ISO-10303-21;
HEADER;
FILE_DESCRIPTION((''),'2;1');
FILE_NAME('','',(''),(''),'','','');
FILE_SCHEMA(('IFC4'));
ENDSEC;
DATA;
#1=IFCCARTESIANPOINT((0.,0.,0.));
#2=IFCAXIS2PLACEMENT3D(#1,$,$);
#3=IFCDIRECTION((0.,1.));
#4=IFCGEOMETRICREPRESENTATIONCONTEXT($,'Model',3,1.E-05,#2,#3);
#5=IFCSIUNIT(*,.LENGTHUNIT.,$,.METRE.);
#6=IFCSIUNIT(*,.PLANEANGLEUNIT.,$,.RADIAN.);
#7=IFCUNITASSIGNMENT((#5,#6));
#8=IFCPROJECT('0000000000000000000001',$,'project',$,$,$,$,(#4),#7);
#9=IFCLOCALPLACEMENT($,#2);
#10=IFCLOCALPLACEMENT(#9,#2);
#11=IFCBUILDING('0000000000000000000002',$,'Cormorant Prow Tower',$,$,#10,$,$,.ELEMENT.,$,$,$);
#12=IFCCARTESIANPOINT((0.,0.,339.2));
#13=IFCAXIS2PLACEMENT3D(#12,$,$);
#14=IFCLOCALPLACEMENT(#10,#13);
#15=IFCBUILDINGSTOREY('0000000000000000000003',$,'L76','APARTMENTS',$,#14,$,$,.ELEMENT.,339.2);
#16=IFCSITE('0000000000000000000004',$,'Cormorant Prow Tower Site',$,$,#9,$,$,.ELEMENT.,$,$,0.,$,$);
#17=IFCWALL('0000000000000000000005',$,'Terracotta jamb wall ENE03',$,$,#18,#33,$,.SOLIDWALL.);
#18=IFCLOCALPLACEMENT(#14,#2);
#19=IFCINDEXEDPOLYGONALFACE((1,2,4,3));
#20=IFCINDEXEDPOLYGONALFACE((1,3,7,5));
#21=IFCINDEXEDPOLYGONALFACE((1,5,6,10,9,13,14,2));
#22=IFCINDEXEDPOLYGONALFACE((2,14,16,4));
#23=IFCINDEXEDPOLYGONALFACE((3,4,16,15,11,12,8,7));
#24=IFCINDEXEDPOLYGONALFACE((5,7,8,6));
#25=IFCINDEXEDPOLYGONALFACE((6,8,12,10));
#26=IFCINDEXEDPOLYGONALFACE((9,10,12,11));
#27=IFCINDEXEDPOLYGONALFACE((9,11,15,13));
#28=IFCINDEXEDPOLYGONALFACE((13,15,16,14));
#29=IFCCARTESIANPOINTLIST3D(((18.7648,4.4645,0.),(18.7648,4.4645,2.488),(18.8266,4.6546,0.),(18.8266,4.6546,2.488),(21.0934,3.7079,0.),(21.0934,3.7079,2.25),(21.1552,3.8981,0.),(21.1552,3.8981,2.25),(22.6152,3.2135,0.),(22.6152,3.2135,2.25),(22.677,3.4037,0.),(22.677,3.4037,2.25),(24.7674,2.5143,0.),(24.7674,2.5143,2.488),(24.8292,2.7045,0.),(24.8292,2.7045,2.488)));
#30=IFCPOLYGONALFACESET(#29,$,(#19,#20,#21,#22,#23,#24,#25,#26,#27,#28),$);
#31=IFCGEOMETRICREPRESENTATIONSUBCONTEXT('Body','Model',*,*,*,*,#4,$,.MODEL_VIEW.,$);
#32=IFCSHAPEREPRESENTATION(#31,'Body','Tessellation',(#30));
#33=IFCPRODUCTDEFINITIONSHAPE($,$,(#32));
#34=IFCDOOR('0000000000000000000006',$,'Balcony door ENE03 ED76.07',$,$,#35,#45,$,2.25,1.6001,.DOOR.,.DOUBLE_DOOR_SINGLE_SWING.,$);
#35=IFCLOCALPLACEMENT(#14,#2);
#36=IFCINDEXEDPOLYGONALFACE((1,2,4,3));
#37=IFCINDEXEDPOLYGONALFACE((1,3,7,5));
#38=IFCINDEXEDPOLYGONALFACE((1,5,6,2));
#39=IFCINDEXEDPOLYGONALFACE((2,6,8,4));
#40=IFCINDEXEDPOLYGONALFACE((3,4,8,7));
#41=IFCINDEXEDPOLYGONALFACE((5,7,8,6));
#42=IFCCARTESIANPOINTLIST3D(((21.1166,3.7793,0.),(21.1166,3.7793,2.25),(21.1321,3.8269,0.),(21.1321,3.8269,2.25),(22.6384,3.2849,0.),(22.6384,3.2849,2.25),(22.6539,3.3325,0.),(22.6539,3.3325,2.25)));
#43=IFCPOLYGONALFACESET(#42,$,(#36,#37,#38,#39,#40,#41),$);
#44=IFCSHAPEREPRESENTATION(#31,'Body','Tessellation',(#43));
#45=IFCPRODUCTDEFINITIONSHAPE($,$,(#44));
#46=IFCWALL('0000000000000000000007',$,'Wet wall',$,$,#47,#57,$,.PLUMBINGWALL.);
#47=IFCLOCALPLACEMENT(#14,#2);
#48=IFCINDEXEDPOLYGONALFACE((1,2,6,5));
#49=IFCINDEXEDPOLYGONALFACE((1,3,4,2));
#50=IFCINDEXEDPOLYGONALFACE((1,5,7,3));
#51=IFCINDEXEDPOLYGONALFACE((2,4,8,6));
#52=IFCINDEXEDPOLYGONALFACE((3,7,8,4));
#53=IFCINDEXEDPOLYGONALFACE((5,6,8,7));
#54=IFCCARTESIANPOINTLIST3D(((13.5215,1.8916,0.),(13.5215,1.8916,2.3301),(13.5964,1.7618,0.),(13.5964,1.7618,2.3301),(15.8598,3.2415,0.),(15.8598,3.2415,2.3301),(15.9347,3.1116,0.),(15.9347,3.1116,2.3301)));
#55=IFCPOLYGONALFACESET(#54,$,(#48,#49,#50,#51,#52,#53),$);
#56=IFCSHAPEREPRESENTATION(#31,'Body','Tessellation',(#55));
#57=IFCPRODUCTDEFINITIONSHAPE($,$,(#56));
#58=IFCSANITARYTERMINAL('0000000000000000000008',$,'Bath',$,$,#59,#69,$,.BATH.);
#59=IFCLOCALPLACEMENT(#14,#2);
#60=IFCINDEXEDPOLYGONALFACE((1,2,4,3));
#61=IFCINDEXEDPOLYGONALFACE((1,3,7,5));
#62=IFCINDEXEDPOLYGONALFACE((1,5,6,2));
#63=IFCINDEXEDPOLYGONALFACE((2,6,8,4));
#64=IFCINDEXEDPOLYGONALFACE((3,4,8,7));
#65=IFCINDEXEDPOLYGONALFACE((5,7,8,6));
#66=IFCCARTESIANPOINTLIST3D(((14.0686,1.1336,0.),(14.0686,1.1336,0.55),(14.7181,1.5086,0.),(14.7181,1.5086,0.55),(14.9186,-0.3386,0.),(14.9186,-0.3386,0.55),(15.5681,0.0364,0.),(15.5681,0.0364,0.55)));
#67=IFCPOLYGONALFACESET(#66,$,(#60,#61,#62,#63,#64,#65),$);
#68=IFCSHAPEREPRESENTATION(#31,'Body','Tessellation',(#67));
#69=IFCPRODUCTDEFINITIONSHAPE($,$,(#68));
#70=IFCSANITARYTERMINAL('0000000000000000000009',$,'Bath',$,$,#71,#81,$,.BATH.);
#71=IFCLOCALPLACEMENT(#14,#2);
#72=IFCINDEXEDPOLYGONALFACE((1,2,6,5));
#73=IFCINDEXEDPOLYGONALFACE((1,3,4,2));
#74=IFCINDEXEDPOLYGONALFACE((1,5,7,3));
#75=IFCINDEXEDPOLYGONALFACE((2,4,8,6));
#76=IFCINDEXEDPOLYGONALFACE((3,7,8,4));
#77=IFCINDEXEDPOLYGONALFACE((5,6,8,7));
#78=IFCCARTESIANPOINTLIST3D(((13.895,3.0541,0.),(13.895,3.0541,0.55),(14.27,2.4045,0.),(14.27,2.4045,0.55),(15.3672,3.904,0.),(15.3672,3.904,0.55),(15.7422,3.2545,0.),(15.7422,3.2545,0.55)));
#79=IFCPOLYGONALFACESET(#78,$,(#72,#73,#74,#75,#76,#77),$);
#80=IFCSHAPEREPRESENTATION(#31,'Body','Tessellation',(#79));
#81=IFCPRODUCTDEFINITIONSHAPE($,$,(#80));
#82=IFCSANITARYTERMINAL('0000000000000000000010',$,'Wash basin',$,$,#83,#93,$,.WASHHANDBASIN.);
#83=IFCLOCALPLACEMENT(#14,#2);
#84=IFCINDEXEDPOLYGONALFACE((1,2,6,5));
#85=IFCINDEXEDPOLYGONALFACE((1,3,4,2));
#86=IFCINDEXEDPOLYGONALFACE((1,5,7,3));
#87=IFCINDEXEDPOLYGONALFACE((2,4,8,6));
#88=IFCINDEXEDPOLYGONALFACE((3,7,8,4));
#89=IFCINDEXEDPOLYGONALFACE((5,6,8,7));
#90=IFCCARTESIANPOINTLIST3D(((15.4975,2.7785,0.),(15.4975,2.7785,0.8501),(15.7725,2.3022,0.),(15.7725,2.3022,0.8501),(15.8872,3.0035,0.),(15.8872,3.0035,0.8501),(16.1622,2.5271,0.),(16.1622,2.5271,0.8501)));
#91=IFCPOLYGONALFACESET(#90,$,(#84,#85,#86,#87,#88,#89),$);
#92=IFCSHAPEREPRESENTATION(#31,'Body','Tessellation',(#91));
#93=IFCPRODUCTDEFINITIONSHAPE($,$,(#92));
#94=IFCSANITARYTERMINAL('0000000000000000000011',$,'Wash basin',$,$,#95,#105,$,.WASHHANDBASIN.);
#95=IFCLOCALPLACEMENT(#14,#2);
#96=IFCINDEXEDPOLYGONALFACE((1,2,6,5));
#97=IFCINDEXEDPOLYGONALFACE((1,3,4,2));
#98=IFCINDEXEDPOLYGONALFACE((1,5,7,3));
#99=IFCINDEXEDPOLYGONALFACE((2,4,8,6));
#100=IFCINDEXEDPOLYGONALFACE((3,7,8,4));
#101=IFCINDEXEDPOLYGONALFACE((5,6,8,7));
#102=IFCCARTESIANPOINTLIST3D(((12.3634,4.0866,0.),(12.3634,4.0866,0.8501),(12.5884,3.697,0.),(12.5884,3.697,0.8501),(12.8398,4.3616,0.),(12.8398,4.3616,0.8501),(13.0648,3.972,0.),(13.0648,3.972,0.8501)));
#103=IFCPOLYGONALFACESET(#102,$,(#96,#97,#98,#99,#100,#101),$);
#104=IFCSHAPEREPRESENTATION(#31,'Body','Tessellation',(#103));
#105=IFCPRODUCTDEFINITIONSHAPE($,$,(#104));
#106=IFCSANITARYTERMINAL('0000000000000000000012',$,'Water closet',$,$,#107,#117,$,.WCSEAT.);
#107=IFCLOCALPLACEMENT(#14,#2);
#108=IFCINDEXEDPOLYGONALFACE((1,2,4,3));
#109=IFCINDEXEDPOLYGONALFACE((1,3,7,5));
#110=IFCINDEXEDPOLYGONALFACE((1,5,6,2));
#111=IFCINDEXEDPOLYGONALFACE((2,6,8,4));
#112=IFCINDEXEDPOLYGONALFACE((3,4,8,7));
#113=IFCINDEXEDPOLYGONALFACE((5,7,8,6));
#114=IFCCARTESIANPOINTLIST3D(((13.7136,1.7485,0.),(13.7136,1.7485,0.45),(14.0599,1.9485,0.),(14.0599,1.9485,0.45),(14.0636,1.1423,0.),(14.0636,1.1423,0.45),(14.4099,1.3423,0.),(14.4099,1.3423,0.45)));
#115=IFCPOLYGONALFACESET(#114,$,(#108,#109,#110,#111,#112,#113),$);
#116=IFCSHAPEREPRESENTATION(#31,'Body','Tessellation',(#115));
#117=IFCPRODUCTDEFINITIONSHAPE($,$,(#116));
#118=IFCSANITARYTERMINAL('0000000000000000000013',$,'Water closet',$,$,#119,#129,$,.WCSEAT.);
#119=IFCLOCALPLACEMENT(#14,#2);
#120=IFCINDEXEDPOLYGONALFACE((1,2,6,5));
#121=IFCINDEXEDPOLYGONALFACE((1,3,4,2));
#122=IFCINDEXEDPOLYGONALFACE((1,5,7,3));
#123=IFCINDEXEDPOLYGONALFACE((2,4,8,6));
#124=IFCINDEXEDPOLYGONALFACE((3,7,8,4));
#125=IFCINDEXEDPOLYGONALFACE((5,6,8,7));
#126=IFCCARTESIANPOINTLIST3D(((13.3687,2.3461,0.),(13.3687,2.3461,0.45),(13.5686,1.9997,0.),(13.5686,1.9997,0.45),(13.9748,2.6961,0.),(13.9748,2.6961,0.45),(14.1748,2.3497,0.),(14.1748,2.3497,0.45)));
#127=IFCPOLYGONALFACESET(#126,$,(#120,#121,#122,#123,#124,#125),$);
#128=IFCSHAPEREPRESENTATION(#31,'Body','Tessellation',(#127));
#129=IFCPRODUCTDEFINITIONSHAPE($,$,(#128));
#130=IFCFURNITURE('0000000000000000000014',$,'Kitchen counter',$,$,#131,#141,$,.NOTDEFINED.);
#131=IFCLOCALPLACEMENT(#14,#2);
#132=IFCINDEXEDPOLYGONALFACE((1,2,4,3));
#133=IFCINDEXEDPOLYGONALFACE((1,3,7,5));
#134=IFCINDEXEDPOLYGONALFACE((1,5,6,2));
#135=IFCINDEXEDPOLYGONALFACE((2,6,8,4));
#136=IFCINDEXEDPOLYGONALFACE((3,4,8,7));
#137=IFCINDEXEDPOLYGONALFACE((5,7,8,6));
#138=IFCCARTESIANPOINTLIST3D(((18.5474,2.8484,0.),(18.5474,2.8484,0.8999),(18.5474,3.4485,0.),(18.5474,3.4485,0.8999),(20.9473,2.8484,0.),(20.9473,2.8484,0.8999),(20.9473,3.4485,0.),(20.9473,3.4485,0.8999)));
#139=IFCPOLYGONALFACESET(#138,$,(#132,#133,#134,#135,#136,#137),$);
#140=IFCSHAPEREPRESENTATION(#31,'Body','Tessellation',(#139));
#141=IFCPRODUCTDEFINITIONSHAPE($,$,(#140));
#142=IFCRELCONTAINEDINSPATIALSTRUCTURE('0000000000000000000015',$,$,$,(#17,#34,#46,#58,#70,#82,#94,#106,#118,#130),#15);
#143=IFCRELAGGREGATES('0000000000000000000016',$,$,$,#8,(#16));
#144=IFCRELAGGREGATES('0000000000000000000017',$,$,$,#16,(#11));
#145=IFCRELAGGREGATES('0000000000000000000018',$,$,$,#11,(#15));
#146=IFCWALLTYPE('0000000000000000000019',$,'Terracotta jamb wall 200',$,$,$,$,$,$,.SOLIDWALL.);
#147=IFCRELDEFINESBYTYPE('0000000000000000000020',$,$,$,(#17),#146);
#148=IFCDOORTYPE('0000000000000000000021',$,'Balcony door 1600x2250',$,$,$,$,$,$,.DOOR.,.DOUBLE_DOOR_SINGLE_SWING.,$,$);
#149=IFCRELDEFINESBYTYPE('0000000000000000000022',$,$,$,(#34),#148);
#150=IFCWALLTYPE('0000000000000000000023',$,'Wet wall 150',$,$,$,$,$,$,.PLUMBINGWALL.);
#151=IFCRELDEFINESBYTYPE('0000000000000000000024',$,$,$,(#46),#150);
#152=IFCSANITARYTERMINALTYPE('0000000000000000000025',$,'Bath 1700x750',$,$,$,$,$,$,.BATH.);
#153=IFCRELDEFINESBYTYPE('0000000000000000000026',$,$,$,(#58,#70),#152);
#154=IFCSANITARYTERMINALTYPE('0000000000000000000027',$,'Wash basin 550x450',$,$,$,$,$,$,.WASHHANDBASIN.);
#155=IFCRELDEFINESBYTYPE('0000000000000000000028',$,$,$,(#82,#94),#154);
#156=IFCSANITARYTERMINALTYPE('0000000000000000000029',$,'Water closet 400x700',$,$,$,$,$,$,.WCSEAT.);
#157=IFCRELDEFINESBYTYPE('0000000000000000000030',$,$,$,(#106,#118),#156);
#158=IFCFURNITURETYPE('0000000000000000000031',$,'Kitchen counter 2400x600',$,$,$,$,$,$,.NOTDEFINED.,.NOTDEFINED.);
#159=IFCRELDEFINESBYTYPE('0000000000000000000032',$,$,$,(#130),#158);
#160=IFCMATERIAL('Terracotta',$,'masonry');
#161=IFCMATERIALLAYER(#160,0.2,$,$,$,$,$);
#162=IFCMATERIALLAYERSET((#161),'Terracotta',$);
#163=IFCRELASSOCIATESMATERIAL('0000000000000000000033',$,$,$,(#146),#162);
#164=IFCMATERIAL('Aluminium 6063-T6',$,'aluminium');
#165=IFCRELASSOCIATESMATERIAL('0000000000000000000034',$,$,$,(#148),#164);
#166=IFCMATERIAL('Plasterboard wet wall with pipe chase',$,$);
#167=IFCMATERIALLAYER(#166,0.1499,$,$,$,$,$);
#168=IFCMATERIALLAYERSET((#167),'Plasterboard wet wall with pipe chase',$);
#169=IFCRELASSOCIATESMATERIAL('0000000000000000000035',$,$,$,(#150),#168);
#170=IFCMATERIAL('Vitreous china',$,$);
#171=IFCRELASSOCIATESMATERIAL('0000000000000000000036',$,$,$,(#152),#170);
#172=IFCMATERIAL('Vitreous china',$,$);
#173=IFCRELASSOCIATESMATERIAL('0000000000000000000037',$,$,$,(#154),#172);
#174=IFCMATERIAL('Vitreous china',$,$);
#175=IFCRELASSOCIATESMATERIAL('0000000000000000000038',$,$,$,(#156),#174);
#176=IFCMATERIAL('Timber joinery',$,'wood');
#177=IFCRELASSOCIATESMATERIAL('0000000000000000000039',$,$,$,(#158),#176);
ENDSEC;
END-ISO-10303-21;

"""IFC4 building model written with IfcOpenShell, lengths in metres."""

from ifc_helpers import new_model, si_unit, direction, frame, frame_2d, origin, origin_2d, place, context, subcontext, project, spatial, rectangle, extrude, material, layer, layer_set, type_object, element, fill, save


model = new_model("IFC4")

# Units and contexts
model_context = context("Model", 3, precision=1e-05, world=origin(), true_north=direction((0.0, 1.0)))
body_context = subcontext(model_context, "Body", "Model", "MODEL_VIEW")
ifc_project = project(units=[si_unit("LENGTHUNIT", "METRE"), si_unit("PLANEANGLEUNIT", "RADIAN")], contexts=[model_context])

# Site, building, storey
site_placement = place(None, origin())
site = spatial("IfcSite", under=ifc_project, at=site_placement, Name="Cormorant Prow Tower Site", CompositionType="ELEMENT", RefElevation=0.0)
building_placement = place(site_placement, origin())
building = spatial("IfcBuilding", under=site, at=building_placement, Name="Cormorant Prow Tower", CompositionType="ELEMENT")
storey_placement = place(building_placement, frame((0.0, 0.0, 339.2)))
storey = spatial("IfcBuildingStorey", under=building, at=storey_placement, Name="L76", Description="APARTMENTS", CompositionType="ELEMENT", Elevation=339.2)

# Wall, opening, door
ifc_material_1 = material(Name="Terracotta", Category="masonry")
ifc_layer_1 = layer(ifc_material_1, 0.2)
ifc_layer_set_1 = layer_set([ifc_layer_1], Name="Terracotta")
wall_type_1 = type_object("IfcWallType", Name="Terracotta jamb wall 200", PredefinedType="SOLIDWALL", material=ifc_layer_set_1)
wall_1_placement = place(storey_placement, frame((24.7983, 2.6094, 0.0), z_axis=(0.0, 0.0, 1.0), x_axis=(-0.951066, 0.308989, 0.0)))
wall_1 = element("IfcWall", 1, at=wall_1_placement, inside=storey, type_object=wall_type_1, Name="Terracotta jamb wall ENE03", PredefinedType="SOLIDWALL", context=body_context, shape_type="SweptSolid", body=[
    extrude(rectangle(XDim=6.3115, YDim=0.2, at=frame_2d((3.1558, 0.0))), origin(), (0.0, 0.0, 1.0), 2.488),
])
opening_1_placement = place(wall_1_placement, frame((2.2629, 0.0, 0.0)))
opening_1 = element("IfcOpeningElement", 2, at=opening_1_placement, cuts=wall_1, PredefinedType="OPENING", context=body_context, shape_type="SweptSolid", body=[
    extrude(rectangle(XDim=1.6001, YDim=2.25, at=frame_2d((0.8, 1.125))), frame((0.0, 0.1099, 0.0), z_axis=(0.0, -1.0, 0.0), x_axis=(1.0, 0.0, 0.0)), (0.0, 0.0, 1.0), 0.22),
])
ifc_material_2 = material(Name="Aluminium 6063-T6", Category="aluminium")
door_type_1 = type_object("IfcDoorType", Name="Balcony door 1600x2250", OperationType="DOUBLE_DOOR_SINGLE_SWING", PredefinedType="DOOR", material=ifc_material_2)
door_1_placement = place(opening_1_placement, origin())
door_1 = element("IfcDoor", 3, at=door_1_placement, inside=storey, type_object=door_type_1, Name="Balcony door ENE03 ED76.07", OperationType="DOUBLE_DOOR_SINGLE_SWING", OverallHeight=2.25, OverallWidth=1.6001, PredefinedType="DOOR", context=body_context, shape_type="SweptSolid", body=[
    extrude(rectangle(XDim=1.6001, YDim=2.25, at=frame_2d((0.8, 1.125))), frame((0.0, 0.0249, 0.0), z_axis=(0.0, -1.0, 0.0), x_axis=(1.0, 0.0, 0.0)), (0.0, 0.0, 1.0), 0.05),
])
fill(opening_1, door_1)

# Wall
ifc_material_3 = material(Name="Plasterboard wet wall with pipe chase")
ifc_layer_2 = layer(ifc_material_3, 0.1499)
ifc_layer_set_2 = layer_set([ifc_layer_2], Name="Plasterboard wet wall with pipe chase")
wall_type_2 = type_object("IfcWallType", Name="Wet wall 150", PredefinedType="PLUMBINGWALL", material=ifc_layer_set_2)
wall_2_placement = place(storey_placement, frame((13.5588, 1.8267, 0.0), z_axis=(0.0, 0.0, 1.0), x_axis=(0.866059, 0.499942, 0.0)))
element("IfcWall", 4, at=wall_2_placement, inside=storey, type_object=wall_type_2, Name="Wet wall", PredefinedType="PLUMBINGWALL", context=body_context, shape_type="SweptSolid", body=[
    extrude(rectangle(XDim=2.7, YDim=0.1499, at=frame_2d((1.3501, 0.0))), origin(), (0.0, 0.0, 1.0), 2.3301),
])

# Sanitary terminals
ifc_material_4 = material(Name="Vitreous china")
sanitary_terminal_type_1 = type_object("IfcSanitaryTerminalType", Name="Bath 1700x750", PredefinedType="BATH", material=ifc_material_4)
for number, where, z_axis, x_axis, name in (
    (5, (14.8184, 0.585, 0.0), (0.0, 0.0, 1.0), (-0.5, 0.866025, 0.0), "Bath"),
    (6, (14.8186, 3.1543, 0.0), (0.0, 0.0, 1.0), (-0.866025, -0.5, 0.0), "Bath"),
):
    element("IfcSanitaryTerminal", number, at=place(storey_placement, frame(where, z_axis=z_axis, x_axis=x_axis)), inside=storey, type_object=sanitary_terminal_type_1, Name=name, PredefinedType="BATH", context=body_context, shape_type="SweptSolid", body=[
        extrude(rectangle(XDim=1.7, YDim=0.75, at=origin_2d()), origin(), (0.0, 0.0, 1.0), 0.55),
    ])
ifc_material_5 = material(Name="Vitreous china")
sanitary_terminal_type_2 = type_object("IfcSanitaryTerminalType", Name="Wash basin 550x450", PredefinedType="WASHHANDBASIN", material=ifc_material_5)
for number, where, z_axis, x_axis, name in (
    (7, (15.8298, 2.6528, 0.0), (0.0, 0.0, 1.0), (0.5, -0.866025, 0.0), "Wash basin"),
    (8, (12.7141, 4.0293, 0.0), (0.0, 0.0, 1.0), (0.866025, 0.5, 0.0), "Wash basin"),
):
    element("IfcSanitaryTerminal", number, at=place(storey_placement, frame(where, z_axis=z_axis, x_axis=x_axis)), inside=storey, type_object=sanitary_terminal_type_2, Name=name, PredefinedType="WASHHANDBASIN", context=body_context, shape_type="SweptSolid", body=[
        extrude(rectangle(XDim=0.55, YDim=0.45, at=origin_2d()), origin(), (0.0, 0.0, 1.0), 0.8501),
    ])
ifc_material_6 = material(Name="Vitreous china")
sanitary_terminal_type_3 = type_object("IfcSanitaryTerminalType", Name="Water closet 400x700", PredefinedType="WCSEAT", material=ifc_material_6)
for number, where, z_axis, x_axis, name in (
    (9, (14.0618, 1.5454, 0.0), (0.0, 0.0, 1.0), (0.866025, 0.5, 0.0), "Water closet"),
    (10, (13.7717, 2.3479, 0.0), (0.0, 0.0, 1.0), (-0.5, 0.866025, 0.0), "Water closet"),
):
    element("IfcSanitaryTerminal", number, at=place(storey_placement, frame(where, z_axis=z_axis, x_axis=x_axis)), inside=storey, type_object=sanitary_terminal_type_3, Name=name, PredefinedType="WCSEAT", context=body_context, shape_type="SweptSolid", body=[
        extrude(rectangle(XDim=0.3999, YDim=0.7, at=origin_2d()), origin(), (0.0, 0.0, 1.0), 0.45),
    ])

# Furniture
ifc_material_7 = material(Name="Timber joinery", Category="wood")
furniture_type = type_object("IfcFurnitureType", Name="Kitchen counter 2400x600", AssemblyPlace="NOTDEFINED", PredefinedType="NOTDEFINED", material=ifc_material_7)
furniture_placement = place(storey_placement, frame((19.7473, 3.1484, 0.0), z_axis=(0.0, 0.0, 1.0), x_axis=(1.0, 0.0, 0.0)))
element("IfcFurniture", 11, at=furniture_placement, inside=storey, type_object=furniture_type, Name="Kitchen counter", PredefinedType="NOTDEFINED", context=body_context, shape_type="SweptSolid", body=[
    extrude(rectangle(XDim=2.3999, YDim=0.6001, at=origin_2d()), origin(), (0.0, 0.0, 1.0), 0.8999),
])

save(model, "model.ifc")
